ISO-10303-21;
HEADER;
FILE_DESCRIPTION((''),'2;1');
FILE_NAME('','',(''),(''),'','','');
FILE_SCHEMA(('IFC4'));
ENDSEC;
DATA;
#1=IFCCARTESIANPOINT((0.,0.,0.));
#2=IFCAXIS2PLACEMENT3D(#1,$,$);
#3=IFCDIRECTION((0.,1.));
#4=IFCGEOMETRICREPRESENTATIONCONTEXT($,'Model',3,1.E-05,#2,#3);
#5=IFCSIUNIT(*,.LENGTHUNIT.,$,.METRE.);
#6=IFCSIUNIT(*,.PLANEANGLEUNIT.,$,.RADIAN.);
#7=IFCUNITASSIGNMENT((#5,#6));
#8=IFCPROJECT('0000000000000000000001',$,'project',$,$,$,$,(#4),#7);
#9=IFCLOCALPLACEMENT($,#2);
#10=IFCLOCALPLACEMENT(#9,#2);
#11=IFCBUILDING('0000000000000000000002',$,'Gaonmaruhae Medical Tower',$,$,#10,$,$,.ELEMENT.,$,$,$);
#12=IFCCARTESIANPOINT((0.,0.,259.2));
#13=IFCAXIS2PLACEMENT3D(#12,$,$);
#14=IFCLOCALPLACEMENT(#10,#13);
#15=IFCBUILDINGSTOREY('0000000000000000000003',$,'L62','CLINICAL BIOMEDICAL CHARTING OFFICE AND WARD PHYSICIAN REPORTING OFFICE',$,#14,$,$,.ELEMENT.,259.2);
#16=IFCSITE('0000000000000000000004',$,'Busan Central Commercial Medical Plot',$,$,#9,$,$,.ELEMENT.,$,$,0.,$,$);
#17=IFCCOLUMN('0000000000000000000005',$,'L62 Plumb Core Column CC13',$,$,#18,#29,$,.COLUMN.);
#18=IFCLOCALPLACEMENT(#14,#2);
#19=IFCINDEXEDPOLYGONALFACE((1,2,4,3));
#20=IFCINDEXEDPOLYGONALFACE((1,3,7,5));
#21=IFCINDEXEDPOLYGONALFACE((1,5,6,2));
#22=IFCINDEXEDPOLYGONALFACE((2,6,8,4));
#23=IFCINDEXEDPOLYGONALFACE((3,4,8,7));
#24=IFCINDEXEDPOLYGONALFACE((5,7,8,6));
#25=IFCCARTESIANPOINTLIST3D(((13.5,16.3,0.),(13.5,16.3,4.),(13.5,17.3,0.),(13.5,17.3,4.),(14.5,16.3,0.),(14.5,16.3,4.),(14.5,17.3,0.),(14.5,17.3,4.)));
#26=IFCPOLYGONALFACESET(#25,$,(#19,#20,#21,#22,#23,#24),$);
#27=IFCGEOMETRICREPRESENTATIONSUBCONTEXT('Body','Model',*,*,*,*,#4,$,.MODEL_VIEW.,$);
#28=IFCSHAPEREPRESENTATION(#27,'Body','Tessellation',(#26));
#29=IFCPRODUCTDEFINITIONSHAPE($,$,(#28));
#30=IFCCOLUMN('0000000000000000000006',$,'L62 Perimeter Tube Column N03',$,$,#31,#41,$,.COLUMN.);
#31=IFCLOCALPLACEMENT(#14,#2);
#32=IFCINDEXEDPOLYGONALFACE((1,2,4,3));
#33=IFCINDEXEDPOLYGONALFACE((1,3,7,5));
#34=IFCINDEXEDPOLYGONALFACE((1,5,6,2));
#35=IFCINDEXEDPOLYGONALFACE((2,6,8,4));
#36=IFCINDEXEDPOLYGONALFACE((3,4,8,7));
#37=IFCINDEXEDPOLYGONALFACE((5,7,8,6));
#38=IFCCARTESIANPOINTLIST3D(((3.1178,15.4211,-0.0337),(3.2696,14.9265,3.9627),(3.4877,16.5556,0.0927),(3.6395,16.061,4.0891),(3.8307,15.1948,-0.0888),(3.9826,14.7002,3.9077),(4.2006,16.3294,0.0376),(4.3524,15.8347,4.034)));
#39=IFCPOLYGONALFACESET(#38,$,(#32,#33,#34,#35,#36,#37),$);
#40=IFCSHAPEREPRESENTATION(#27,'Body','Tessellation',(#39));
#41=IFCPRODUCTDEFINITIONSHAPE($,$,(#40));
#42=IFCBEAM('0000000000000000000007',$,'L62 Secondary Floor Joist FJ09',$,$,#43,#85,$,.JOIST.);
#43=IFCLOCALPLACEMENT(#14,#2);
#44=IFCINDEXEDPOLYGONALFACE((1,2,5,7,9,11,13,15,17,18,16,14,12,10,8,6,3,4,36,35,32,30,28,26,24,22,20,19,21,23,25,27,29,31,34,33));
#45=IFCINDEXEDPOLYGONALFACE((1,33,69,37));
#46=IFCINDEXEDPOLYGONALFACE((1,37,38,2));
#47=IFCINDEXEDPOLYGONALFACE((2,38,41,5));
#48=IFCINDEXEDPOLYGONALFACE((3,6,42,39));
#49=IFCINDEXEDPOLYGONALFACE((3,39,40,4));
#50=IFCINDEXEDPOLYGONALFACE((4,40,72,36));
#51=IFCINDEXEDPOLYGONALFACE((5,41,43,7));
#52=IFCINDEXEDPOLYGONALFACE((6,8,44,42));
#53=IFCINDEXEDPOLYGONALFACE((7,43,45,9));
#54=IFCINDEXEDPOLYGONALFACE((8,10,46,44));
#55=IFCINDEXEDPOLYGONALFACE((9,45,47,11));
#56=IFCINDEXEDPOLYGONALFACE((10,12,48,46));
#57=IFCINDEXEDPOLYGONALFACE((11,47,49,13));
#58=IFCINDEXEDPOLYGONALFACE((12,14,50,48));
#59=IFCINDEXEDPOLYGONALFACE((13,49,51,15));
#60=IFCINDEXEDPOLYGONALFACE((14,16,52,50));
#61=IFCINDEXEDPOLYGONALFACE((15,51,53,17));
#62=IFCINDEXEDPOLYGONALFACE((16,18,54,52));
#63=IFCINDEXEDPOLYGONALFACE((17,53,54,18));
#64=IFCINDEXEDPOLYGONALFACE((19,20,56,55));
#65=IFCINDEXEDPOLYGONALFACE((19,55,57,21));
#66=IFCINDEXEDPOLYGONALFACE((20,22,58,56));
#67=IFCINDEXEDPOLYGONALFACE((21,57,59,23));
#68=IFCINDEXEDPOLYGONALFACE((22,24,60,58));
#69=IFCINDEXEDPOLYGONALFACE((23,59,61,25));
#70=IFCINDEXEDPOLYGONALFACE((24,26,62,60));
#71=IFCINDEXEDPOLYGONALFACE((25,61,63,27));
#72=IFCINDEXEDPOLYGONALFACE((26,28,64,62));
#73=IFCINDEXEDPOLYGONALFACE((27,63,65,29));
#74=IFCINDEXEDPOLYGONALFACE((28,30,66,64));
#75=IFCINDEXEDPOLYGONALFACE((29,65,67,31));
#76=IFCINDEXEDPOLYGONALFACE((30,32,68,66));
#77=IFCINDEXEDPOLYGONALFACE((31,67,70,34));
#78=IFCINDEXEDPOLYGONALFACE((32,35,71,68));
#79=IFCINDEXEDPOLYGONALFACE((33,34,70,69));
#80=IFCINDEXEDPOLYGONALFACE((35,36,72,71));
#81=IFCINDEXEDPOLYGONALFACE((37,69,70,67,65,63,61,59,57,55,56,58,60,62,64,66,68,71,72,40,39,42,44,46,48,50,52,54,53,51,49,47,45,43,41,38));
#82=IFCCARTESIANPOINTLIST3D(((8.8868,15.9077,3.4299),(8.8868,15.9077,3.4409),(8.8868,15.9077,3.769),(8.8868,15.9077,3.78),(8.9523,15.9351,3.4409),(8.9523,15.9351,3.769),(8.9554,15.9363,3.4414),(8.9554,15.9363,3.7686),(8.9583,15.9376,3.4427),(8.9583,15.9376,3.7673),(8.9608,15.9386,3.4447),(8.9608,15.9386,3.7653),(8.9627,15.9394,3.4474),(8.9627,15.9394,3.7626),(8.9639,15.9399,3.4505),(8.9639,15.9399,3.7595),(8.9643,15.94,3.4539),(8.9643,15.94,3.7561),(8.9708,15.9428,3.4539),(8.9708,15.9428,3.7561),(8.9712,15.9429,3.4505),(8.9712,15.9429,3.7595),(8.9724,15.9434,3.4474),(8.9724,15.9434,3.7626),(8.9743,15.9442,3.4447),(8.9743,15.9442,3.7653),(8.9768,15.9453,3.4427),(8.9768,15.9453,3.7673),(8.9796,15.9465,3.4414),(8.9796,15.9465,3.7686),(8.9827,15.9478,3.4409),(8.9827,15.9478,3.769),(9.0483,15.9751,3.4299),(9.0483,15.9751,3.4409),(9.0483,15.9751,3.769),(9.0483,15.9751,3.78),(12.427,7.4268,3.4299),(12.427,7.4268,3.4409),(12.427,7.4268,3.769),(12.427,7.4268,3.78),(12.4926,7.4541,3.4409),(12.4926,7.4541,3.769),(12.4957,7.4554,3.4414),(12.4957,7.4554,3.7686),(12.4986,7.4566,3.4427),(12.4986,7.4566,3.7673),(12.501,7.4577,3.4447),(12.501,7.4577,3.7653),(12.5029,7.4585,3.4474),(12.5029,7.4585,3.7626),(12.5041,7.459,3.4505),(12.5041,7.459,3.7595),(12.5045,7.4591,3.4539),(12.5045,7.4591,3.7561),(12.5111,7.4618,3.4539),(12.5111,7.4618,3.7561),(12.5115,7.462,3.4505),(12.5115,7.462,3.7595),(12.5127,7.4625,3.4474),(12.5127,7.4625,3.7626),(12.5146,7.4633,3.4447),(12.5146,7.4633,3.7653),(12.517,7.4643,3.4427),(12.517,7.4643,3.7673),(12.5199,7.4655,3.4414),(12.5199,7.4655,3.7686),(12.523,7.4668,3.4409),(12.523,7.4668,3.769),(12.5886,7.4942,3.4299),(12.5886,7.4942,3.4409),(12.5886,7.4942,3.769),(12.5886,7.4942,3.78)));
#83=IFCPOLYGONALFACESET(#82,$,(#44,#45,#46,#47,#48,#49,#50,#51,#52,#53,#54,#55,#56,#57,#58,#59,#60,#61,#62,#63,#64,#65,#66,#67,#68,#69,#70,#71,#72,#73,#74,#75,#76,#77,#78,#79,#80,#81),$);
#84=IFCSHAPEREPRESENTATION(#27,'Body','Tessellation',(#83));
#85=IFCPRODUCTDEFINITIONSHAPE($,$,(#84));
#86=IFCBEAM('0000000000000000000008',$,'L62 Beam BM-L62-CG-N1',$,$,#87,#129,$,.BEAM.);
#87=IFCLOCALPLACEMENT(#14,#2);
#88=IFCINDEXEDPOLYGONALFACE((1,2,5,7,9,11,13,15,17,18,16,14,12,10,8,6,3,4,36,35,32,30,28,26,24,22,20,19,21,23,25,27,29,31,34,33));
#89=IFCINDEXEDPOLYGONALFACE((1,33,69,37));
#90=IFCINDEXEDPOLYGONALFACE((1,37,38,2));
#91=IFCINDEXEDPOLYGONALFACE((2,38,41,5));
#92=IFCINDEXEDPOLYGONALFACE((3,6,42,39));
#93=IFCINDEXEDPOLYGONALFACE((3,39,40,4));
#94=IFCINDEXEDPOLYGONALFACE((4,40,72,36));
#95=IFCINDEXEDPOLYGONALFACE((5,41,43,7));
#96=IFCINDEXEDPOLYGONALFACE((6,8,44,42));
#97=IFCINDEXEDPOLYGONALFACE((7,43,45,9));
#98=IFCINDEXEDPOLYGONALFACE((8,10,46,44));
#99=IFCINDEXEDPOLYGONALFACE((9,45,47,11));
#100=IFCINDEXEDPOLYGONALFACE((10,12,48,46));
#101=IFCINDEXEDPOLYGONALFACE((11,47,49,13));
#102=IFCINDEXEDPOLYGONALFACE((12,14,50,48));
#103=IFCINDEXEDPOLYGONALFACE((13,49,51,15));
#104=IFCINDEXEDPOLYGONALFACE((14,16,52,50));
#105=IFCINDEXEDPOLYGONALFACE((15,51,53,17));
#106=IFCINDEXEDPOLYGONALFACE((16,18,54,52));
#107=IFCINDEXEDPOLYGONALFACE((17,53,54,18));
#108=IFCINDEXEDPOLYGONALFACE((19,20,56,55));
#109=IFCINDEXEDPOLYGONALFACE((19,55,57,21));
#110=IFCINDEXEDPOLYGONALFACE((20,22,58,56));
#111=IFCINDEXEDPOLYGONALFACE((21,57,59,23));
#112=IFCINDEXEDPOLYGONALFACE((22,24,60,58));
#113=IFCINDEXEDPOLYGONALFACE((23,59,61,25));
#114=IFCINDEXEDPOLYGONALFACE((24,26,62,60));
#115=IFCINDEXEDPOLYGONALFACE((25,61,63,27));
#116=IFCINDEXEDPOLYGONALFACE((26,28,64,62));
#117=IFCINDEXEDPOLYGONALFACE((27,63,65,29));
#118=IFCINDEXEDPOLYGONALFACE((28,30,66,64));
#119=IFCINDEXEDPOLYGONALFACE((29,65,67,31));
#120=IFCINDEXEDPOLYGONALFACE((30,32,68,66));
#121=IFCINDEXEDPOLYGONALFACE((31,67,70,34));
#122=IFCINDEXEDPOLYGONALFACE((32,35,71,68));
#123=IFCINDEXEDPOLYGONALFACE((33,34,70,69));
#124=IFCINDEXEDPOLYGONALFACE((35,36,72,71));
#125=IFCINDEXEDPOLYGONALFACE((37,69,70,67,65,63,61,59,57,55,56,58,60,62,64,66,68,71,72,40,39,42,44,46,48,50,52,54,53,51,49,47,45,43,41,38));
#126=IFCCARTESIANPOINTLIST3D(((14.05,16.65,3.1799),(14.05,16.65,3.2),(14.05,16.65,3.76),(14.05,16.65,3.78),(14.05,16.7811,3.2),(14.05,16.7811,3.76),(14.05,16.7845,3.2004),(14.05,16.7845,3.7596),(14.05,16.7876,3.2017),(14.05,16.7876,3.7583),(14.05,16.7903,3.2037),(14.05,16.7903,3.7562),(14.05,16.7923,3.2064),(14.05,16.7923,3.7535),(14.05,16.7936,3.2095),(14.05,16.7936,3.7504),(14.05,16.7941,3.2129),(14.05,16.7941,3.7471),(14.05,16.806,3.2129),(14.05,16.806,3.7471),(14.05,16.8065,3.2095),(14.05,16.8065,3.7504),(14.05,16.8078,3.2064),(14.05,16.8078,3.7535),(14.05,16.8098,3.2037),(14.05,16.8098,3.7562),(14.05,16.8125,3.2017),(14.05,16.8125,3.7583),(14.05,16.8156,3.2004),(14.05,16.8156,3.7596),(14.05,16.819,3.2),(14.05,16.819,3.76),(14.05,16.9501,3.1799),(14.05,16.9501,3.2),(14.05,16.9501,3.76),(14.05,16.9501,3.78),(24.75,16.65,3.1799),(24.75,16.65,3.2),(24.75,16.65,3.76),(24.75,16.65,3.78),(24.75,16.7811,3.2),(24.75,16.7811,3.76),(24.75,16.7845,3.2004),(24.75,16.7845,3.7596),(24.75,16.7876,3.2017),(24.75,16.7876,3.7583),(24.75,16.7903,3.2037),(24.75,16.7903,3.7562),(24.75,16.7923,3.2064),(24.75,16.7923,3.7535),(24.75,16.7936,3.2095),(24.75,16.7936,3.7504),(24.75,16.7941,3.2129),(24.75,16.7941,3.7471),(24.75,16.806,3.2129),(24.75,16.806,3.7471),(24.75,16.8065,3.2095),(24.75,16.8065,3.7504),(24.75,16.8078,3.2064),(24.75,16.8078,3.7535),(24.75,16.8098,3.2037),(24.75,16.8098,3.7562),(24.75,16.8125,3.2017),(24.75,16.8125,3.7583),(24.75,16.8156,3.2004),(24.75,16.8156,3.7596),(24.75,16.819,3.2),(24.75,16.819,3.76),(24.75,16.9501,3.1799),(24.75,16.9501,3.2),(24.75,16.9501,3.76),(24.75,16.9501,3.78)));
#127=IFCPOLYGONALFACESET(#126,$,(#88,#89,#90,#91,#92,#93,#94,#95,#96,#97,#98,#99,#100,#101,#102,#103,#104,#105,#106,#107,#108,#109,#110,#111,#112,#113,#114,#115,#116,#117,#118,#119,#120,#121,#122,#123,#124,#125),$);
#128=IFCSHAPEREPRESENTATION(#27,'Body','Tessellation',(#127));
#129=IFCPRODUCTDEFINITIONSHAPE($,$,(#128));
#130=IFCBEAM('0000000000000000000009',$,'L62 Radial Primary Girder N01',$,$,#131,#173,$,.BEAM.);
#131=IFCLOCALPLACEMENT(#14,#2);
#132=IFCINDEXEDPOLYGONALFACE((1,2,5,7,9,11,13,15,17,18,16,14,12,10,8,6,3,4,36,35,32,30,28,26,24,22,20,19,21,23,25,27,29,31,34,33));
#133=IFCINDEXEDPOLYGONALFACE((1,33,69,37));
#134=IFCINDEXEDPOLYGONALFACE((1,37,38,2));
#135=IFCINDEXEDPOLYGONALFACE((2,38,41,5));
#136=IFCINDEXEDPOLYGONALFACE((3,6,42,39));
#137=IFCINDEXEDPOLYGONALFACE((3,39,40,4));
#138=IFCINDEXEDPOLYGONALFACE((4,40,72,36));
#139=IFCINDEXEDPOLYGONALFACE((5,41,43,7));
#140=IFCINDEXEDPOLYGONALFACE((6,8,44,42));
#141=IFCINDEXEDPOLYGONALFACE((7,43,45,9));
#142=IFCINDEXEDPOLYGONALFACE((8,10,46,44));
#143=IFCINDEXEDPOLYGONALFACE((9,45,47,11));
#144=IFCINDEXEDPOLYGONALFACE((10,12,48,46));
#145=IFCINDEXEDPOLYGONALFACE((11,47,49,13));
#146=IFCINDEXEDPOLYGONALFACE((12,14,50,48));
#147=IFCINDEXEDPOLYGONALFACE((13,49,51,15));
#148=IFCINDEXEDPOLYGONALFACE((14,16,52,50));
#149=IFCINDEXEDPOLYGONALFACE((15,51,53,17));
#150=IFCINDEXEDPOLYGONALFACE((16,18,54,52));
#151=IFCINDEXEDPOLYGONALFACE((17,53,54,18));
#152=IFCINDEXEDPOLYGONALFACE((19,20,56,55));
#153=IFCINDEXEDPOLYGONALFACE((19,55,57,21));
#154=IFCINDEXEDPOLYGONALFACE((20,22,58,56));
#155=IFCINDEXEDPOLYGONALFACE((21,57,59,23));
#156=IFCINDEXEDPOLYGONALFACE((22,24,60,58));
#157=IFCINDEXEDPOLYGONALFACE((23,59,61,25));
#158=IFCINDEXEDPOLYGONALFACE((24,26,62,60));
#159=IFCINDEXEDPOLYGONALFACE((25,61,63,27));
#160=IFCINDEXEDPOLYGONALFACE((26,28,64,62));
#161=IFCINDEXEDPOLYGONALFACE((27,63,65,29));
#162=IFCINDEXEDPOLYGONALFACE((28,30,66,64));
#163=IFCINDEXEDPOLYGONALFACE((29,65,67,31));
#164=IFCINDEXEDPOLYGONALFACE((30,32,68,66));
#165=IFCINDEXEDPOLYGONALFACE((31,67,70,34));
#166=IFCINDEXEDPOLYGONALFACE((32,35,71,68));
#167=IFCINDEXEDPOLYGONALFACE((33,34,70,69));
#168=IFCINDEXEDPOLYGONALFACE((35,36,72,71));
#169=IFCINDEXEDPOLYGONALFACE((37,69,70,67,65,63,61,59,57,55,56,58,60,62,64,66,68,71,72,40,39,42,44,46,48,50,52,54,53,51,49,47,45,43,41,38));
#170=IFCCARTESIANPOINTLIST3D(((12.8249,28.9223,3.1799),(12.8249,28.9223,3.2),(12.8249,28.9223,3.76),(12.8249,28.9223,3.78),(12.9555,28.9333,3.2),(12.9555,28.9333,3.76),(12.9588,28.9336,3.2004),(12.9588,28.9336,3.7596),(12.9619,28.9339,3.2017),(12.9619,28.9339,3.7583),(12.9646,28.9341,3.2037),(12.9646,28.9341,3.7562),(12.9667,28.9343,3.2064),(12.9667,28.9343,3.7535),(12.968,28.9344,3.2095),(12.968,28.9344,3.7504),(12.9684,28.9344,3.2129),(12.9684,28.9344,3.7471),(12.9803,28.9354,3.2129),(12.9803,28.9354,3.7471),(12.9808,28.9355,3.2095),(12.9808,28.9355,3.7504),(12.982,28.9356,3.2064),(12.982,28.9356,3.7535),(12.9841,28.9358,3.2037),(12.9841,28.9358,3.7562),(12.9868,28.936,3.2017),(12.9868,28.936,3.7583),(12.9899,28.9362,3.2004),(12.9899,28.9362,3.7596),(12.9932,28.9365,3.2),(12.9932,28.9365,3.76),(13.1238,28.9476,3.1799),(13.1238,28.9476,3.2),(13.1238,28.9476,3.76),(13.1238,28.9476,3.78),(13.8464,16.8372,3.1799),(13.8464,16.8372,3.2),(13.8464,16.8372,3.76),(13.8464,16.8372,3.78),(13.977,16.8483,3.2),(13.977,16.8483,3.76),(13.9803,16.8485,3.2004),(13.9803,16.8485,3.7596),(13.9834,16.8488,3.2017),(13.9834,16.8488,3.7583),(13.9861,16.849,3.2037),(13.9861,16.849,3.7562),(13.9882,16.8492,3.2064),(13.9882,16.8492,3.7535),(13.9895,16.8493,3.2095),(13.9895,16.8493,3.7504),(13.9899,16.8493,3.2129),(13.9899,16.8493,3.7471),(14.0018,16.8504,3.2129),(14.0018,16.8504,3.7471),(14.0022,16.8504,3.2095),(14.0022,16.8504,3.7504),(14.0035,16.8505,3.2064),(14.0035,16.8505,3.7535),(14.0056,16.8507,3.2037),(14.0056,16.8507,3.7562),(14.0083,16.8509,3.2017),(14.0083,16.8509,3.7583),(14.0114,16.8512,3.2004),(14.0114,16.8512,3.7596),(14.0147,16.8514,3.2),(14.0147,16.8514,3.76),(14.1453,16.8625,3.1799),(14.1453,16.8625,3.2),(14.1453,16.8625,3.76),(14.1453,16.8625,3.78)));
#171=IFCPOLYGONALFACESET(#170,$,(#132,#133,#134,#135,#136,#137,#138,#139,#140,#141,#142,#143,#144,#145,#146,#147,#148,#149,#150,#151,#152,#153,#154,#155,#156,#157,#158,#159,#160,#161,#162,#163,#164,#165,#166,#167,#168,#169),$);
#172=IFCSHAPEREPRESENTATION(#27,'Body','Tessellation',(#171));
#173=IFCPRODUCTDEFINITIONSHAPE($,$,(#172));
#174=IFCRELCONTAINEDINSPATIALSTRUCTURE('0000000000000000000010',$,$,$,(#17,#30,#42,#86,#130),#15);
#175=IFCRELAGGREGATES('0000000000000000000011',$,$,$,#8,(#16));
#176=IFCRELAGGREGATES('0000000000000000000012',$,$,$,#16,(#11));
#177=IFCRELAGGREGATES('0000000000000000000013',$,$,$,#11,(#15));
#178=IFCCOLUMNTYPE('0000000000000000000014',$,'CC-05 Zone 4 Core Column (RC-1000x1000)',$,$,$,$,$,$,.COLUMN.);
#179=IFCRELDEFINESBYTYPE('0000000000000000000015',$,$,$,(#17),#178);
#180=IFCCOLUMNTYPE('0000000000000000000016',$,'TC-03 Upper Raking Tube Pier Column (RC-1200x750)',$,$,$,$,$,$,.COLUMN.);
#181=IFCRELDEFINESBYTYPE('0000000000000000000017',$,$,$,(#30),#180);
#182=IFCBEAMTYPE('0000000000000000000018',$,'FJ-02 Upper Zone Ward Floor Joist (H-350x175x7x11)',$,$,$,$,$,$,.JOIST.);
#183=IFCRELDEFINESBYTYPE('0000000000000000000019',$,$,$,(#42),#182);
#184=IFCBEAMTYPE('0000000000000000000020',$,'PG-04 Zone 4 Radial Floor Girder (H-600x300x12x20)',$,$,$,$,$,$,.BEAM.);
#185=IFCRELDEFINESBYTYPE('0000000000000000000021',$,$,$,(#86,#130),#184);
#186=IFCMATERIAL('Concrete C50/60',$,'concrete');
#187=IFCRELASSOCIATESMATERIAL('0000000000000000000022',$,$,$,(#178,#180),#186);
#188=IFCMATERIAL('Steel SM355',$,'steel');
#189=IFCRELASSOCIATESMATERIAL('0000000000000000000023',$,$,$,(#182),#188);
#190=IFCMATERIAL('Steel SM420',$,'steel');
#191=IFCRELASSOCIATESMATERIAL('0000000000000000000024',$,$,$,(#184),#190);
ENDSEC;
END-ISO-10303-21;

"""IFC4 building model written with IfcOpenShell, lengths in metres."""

from ifc_helpers import new_model, si_unit, direction, frame, origin, origin_2d, place, context, subcontext, project, spatial, rectangle, i_section, extrude, material, material_profile, profile_set, type_object, element, save


model = new_model("IFC4")

# Units and contexts
model_context = context("Model", 3, precision=1e-05, world=origin(), true_north=direction((0.0, 1.0)))
body_context = subcontext(model_context, "Body", "Model", "MODEL_VIEW")
ifc_project = project(units=[si_unit("LENGTHUNIT", "METRE"), si_unit("PLANEANGLEUNIT", "RADIAN")], contexts=[model_context])

# Site, building, storey
site_placement = place(None, origin())
site = spatial("IfcSite", under=ifc_project, at=site_placement, Name="Busan Central Commercial Medical Plot", CompositionType="ELEMENT", RefElevation=0.0)
building_placement = place(site_placement, origin())
building = spatial("IfcBuilding", under=site, at=building_placement, Name="Gaonmaruhae Medical Tower", CompositionType="ELEMENT")
storey_placement = place(building_placement, frame((0.0, 0.0, 259.2)))
storey = spatial("IfcBuildingStorey", under=building, at=storey_placement, Name="L62", Description="CLINICAL BIOMEDICAL CHARTING OFFICE AND WARD PHYSICIAN REPORTING OFFICE", CompositionType="ELEMENT", Elevation=259.2)

# Columns
ifc_material_1 = material(Name="Concrete C50/60", Category="concrete")
ifc_material_profile_1 = material_profile(ifc_material_1, rectangle(XDim=1.0, YDim=1.0, at=origin_2d()), Name="RC-1000x1000")
ifc_profile_set_1 = profile_set([ifc_material_profile_1], Name="Concrete C50/60")
column_type_1 = type_object("IfcColumnType", Name="CC-05 Zone 4 Core Column (RC-1000x1000)", PredefinedType="COLUMN", material=ifc_profile_set_1)
column_1_placement = place(storey_placement, frame((14.0, 16.8, 0.0), z_axis=(0.0, 0.0, 1.0), x_axis=(1.0, 0.0, 0.0)))
element("IfcColumn", 1, at=column_1_placement, inside=storey, type_object=column_type_1, Name="L62 Plumb Core Column CC13", PredefinedType="COLUMN", context=body_context, shape_type="SweptSolid", body=[
    extrude(rectangle(XDim=1.0, YDim=1.0, at=origin_2d()), origin(), (0.0, 0.0, 1.0), 4.0),
])
ifc_material_profile_2 = material_profile(ifc_material_1, rectangle(XDim=1.2, YDim=0.75, at=origin_2d()), Name="RC-1200x750")
ifc_profile_set_2 = profile_set([ifc_material_profile_2], Name="Concrete C50/60")
column_type_2 = type_object("IfcColumnType", Name="TC-03 Upper Raking Tube Pier Column (RC-1200x750)", PredefinedType="COLUMN", material=ifc_profile_set_2)
column_2_placement = place(storey_placement, frame((3.6592, 15.8752, 0.002), z_axis=(0.037684, -0.122746, 0.991722), x_axis=(0.308237, 0.945463, 0.105308)))
element("IfcColumn", 2, at=column_2_placement, inside=storey, type_object=column_type_2, Name="L62 Perimeter Tube Column N03", PredefinedType="COLUMN", context=body_context, shape_type="SweptSolid", body=[
    extrude(rectangle(XDim=1.2, YDim=0.75, at=origin_2d()), origin(), (0.0, 0.0, 1.0), 4.0298),
])

# Beams
ifc_material_2 = material(Name="Steel SM355", Category="steel")
ifc_material_profile_3 = material_profile(ifc_material_2, i_section(OverallWidth=0.175, OverallDepth=0.3501, WebThickness=0.0071, FlangeThickness=0.011, FilletRadius=0.0129, at=origin_2d()), Name="H-350x175x7x11")
ifc_profile_set_3 = profile_set([ifc_material_profile_3], Name="Steel SM355")
beam_type_1 = type_object("IfcBeamType", Name="FJ-02 Upper Zone Ward Floor Joist (H-350x175x7x11)", PredefinedType="JOIST", material=ifc_profile_set_3)
beam_1_placement = place(storey_placement, frame((8.9675, 15.9414, 3.605), z_axis=(0.385223, -0.922824, 0.0), x_axis=(0.922824, 0.385223, 0.0)))
element("IfcBeam", 3, at=beam_1_placement, inside=storey, type_object=beam_type_1, Name="L62 Secondary Floor Joist FJ09", PredefinedType="JOIST", context=body_context, shape_type="SweptSolid", body=[
    extrude(i_section(OverallWidth=0.175, OverallDepth=0.3501, WebThickness=0.0071, FlangeThickness=0.011, FilletRadius=0.0129, at=origin_2d()), origin(), (0.0, 0.0, 1.0), 9.1902),
])
ifc_material_3 = material(Name="Steel SM420", Category="steel")
ifc_material_profile_4 = material_profile(ifc_material_3, i_section(OverallWidth=0.3, OverallDepth=0.6001, WebThickness=0.012, FlangeThickness=0.02, FilletRadius=0.0129, at=origin_2d()), Name="H-600x300x12x20")
ifc_profile_set_4 = profile_set([ifc_material_profile_4], Name="Steel SM420")
beam_type_2 = type_object("IfcBeamType", Name="PG-04 Zone 4 Radial Floor Girder (H-600x300x12x20)", PredefinedType="BEAM", material=ifc_profile_set_4)
beam_2_placement = place(storey_placement, frame((14.05, 16.8, 3.48), z_axis=(1.0, 0.0, 0.0), x_axis=(0.0, 1.0, 0.0)))
element("IfcBeam", 4, at=beam_2_placement, inside=storey, type_object=beam_type_2, Name="L62 Beam BM-L62-CG-N1", PredefinedType="BEAM", context=body_context, shape_type="SweptSolid", body=[
    extrude(i_section(OverallWidth=0.3, OverallDepth=0.6001, WebThickness=0.012, FlangeThickness=0.02, FilletRadius=0.0129, at=origin_2d()), origin(), (0.0, 0.0, 1.0), 10.7),
])
beam_3_placement = place(storey_placement, frame((13.9958, 16.8499, 3.48), z_axis=(-0.084225, 0.996447, 0.0), x_axis=(-0.996447, -0.084225, 0.0)))
element("IfcBeam", 5, at=beam_3_placement, inside=storey, type_object=beam_type_2, Name="L62 Radial Primary Girder N01", PredefinedType="BEAM", context=body_context, shape_type="SweptSolid", body=[
    extrude(i_section(OverallWidth=0.3, OverallDepth=0.6001, WebThickness=0.012, FlangeThickness=0.02, FilletRadius=0.0129, at=origin_2d()), origin(), (0.0, 0.0, 1.0), 12.1282),
])

save(model, "model.ifc")
